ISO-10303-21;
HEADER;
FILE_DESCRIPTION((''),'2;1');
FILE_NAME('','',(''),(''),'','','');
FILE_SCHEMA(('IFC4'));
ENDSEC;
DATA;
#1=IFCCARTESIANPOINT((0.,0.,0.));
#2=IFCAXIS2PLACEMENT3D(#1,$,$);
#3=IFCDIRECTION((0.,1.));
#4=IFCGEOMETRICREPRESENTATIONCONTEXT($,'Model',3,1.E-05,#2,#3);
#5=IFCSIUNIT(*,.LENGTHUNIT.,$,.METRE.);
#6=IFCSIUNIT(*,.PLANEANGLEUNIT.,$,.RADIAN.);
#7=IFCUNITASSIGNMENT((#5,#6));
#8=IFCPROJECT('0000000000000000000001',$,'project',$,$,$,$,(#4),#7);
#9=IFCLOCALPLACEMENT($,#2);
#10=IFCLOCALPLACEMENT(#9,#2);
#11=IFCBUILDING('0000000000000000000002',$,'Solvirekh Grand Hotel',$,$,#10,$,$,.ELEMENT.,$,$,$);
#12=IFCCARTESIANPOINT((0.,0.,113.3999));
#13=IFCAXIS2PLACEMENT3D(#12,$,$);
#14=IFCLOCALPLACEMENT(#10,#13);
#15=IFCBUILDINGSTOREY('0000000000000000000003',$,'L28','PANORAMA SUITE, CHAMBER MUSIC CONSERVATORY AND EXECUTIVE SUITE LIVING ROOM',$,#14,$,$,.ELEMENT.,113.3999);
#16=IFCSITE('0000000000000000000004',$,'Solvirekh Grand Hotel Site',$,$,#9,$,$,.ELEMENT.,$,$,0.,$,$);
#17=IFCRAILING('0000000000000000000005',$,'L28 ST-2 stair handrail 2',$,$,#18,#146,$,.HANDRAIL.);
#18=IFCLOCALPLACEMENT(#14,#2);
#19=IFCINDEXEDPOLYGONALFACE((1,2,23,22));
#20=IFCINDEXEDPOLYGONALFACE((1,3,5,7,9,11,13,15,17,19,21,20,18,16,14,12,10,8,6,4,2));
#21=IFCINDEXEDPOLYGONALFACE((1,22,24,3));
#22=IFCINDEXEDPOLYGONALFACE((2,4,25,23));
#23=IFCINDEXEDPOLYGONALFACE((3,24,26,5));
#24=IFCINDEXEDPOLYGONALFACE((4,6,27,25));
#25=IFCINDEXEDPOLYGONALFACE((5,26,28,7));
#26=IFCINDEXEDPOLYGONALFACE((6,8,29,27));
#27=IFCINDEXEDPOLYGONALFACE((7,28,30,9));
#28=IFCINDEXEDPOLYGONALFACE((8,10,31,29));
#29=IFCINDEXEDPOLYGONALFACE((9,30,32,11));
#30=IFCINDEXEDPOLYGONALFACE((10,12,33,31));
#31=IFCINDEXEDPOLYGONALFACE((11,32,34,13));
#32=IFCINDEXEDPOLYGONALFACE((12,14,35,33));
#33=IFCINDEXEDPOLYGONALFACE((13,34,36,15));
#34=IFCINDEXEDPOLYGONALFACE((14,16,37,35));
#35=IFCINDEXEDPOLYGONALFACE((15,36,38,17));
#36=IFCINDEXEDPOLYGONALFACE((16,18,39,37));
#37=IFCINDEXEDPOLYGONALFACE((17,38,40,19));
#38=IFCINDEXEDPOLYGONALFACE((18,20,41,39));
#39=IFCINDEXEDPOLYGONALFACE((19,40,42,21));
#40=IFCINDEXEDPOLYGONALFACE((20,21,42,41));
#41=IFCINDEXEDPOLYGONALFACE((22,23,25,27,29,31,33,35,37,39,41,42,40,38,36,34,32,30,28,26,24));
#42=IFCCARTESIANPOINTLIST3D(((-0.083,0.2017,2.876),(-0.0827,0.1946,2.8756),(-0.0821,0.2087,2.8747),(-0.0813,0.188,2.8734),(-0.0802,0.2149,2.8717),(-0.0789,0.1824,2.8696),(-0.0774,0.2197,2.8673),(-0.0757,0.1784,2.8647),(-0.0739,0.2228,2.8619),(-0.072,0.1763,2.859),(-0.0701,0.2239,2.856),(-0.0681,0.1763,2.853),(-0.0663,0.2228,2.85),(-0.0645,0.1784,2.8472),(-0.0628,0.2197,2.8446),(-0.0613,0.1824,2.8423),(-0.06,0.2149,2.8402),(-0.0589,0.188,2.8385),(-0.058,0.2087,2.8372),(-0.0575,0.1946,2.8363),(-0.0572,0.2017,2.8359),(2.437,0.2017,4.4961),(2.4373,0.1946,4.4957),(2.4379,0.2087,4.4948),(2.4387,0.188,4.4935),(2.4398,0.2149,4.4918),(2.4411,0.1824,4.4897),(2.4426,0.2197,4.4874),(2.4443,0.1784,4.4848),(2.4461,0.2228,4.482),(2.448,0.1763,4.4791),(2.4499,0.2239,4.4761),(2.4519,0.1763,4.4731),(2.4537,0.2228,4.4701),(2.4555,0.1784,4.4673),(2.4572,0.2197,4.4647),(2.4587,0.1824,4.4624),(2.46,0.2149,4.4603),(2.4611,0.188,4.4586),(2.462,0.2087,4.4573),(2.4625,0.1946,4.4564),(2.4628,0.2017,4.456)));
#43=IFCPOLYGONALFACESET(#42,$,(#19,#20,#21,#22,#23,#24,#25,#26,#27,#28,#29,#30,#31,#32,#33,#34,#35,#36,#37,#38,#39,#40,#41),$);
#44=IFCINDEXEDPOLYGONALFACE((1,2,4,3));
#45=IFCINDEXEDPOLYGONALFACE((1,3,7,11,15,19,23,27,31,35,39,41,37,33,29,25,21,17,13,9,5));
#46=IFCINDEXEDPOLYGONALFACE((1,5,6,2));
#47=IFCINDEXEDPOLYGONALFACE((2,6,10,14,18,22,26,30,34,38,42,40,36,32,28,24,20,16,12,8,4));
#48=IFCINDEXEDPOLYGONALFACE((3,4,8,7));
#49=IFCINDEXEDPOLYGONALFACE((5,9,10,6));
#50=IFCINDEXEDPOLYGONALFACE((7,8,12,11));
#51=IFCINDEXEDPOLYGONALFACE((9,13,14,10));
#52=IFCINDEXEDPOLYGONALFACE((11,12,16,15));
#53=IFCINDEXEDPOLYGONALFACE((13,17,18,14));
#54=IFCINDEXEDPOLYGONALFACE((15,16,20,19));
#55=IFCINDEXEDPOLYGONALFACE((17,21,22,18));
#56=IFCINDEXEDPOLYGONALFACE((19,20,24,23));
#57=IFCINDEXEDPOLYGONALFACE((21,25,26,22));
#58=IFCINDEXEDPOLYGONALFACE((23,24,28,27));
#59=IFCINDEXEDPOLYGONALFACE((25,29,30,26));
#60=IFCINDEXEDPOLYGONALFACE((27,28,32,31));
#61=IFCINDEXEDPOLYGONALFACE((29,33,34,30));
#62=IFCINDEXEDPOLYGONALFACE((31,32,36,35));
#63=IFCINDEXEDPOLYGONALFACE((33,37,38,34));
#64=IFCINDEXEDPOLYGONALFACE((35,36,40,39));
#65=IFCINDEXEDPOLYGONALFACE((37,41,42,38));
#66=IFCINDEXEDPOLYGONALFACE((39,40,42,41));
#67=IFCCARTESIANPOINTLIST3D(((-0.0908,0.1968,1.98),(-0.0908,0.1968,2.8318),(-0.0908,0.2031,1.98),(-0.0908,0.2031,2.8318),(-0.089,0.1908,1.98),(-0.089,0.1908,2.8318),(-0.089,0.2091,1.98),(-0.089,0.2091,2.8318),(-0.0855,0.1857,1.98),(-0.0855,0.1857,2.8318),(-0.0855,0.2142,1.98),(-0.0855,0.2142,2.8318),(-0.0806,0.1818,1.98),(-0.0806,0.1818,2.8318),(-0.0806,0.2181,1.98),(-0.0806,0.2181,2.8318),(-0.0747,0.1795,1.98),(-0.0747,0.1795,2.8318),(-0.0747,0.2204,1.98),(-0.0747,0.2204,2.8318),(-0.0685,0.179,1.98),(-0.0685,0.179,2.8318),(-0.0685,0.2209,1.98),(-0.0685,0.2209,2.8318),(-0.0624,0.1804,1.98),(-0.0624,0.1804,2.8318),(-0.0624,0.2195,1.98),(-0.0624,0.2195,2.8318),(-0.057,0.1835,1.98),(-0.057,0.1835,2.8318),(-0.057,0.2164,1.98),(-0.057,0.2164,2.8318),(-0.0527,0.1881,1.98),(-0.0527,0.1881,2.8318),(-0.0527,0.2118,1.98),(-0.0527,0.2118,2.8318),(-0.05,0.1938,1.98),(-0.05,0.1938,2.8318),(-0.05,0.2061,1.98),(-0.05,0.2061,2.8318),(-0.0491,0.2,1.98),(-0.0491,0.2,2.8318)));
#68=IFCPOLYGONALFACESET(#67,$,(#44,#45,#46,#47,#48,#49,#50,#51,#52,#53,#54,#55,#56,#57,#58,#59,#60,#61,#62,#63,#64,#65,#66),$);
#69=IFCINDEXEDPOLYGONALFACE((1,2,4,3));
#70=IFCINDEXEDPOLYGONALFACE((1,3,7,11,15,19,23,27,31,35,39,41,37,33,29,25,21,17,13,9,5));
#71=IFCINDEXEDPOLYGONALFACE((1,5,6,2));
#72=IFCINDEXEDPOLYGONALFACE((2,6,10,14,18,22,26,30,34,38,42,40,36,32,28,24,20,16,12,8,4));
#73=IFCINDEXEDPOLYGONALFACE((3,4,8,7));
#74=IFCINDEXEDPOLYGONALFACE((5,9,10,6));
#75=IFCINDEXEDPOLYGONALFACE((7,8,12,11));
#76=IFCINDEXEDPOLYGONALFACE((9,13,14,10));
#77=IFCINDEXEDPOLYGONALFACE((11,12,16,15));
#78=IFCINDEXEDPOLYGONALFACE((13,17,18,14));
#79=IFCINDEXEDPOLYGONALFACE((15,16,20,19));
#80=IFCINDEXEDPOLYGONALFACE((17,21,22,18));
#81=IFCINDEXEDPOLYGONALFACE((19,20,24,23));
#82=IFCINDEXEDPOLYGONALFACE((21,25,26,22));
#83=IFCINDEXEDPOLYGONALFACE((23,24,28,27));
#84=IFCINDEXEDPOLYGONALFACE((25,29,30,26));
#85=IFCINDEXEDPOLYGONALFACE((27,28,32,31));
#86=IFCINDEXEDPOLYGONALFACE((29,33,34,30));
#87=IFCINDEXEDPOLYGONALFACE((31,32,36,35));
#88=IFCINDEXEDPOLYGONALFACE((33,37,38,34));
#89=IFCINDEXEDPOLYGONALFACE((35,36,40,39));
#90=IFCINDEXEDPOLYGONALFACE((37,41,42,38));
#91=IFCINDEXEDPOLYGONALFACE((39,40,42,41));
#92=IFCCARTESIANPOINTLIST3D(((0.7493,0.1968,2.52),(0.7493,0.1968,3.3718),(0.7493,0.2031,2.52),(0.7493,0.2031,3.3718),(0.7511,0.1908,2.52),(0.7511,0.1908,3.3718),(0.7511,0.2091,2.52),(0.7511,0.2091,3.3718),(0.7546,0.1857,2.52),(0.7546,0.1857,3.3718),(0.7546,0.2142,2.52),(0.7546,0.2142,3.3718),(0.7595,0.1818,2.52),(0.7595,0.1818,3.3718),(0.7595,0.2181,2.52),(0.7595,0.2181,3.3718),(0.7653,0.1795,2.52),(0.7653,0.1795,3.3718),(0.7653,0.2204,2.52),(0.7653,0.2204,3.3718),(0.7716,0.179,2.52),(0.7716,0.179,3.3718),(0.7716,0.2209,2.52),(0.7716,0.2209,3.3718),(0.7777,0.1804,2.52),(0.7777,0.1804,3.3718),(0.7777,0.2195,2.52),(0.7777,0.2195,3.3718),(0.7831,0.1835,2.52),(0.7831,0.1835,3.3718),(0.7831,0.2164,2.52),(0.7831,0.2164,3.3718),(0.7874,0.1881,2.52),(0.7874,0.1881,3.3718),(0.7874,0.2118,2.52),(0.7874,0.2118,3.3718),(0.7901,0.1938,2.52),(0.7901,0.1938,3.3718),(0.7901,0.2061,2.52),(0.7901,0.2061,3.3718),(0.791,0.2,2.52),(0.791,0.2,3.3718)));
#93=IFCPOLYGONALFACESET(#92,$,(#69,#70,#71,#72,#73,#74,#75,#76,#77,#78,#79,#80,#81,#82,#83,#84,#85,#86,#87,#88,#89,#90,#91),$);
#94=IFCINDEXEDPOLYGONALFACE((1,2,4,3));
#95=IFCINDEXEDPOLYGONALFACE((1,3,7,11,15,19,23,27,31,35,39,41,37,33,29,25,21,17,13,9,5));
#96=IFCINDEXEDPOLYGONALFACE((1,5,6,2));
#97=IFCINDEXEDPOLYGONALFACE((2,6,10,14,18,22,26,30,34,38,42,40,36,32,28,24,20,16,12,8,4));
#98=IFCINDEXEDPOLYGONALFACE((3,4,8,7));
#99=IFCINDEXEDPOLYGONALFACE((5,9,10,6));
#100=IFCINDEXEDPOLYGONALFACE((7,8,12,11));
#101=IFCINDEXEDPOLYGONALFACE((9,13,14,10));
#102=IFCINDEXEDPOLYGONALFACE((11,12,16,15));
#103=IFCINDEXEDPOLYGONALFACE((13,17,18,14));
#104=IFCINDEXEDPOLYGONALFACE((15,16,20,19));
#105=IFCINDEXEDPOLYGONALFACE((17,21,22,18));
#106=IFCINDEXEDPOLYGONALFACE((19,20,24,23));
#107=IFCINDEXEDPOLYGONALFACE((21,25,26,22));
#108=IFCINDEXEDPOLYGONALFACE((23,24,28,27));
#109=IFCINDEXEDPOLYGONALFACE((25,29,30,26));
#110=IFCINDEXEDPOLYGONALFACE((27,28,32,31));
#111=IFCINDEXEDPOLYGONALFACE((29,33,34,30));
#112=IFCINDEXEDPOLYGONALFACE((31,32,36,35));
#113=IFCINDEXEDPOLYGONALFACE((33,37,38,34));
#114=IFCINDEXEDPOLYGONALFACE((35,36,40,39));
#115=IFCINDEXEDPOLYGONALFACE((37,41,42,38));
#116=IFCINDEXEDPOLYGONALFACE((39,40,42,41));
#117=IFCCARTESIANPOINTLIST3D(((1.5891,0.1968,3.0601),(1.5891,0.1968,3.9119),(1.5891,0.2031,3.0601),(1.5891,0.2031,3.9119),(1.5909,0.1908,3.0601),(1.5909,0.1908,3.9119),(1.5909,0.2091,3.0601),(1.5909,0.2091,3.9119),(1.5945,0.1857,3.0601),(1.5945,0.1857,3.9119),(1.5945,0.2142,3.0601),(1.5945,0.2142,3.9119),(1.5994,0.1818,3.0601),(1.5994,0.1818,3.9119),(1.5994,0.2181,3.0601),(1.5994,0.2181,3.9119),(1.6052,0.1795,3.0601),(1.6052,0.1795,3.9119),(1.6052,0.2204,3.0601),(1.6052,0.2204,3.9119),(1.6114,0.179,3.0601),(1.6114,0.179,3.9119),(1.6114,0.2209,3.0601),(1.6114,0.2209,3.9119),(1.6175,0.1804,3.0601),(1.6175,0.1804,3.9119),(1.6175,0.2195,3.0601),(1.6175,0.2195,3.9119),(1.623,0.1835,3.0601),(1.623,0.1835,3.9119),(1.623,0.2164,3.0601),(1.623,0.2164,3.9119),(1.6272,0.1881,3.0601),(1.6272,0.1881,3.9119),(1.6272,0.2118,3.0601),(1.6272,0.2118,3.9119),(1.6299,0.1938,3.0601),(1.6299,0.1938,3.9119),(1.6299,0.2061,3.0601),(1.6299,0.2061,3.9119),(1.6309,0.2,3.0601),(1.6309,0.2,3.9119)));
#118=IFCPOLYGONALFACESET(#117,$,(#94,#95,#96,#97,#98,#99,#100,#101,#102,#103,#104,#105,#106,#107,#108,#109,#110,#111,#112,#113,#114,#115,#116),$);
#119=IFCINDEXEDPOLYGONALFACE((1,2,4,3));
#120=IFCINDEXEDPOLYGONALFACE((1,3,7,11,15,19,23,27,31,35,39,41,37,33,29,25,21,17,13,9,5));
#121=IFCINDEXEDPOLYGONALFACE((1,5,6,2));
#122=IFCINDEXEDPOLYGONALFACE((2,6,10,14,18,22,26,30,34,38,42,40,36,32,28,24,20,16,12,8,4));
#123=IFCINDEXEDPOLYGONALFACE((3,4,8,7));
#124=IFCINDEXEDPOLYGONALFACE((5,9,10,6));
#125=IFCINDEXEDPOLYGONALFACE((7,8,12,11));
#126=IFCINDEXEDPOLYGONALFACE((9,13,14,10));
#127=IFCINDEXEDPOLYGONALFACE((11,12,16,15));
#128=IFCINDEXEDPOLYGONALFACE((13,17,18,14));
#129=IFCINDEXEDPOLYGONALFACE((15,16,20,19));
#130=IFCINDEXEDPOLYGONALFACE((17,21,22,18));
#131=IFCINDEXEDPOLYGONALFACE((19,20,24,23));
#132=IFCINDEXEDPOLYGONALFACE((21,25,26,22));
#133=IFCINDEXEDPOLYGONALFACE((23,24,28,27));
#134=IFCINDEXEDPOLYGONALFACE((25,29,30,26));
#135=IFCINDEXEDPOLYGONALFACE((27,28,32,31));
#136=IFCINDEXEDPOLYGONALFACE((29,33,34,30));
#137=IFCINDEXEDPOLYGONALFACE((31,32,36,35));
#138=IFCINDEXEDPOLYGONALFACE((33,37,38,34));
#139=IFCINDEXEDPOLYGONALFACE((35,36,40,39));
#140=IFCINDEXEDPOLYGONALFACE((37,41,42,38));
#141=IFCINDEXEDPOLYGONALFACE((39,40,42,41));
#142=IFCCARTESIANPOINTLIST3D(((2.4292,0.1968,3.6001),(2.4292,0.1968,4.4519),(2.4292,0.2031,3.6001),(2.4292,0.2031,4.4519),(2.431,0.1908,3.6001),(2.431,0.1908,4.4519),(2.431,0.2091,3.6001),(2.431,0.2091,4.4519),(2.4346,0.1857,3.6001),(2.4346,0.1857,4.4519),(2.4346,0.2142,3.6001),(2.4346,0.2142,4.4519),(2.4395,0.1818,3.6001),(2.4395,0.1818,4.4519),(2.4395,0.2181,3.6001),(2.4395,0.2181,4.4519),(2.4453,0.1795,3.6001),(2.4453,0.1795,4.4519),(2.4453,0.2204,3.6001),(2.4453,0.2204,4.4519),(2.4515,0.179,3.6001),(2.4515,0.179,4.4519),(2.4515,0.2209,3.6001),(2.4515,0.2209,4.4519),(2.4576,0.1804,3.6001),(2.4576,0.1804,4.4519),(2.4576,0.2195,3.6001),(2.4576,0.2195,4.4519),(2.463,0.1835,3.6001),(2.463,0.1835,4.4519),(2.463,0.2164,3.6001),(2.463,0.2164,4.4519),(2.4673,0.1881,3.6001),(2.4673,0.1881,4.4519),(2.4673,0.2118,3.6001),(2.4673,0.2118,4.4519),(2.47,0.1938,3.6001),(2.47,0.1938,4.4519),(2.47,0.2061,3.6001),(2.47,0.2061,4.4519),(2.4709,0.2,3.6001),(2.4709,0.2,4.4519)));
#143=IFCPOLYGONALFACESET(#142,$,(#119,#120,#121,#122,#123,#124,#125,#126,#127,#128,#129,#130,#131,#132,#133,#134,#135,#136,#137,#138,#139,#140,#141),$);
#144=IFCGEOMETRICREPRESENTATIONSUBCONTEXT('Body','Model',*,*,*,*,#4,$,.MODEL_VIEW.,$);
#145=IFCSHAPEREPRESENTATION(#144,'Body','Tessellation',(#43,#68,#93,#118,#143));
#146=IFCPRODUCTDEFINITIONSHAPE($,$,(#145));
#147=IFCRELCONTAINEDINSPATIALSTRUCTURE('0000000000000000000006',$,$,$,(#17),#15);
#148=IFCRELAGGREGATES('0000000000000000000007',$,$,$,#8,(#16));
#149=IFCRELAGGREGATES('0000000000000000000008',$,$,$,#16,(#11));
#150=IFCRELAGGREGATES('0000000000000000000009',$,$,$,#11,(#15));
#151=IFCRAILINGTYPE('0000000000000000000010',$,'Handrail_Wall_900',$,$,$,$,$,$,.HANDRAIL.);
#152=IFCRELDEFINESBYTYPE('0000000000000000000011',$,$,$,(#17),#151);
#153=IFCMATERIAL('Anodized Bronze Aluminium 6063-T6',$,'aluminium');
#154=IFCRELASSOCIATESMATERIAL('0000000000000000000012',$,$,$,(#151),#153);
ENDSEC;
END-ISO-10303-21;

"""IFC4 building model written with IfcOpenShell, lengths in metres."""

from ifc_helpers import new_model, si_unit, direction, frame, origin, origin_2d, place, context, subcontext, project, spatial, circle, extrude, material, type_object, element, save


model = new_model("IFC4")

# Units and contexts
model_context = context("Model", 3, precision=1e-05, world=origin(), true_north=direction((0.0, 1.0)))
body_context = subcontext(model_context, "Body", "Model", "MODEL_VIEW")
ifc_project = project(units=[si_unit("LENGTHUNIT", "METRE"), si_unit("PLANEANGLEUNIT", "RADIAN")], contexts=[model_context])

# Site, building, storey
site_placement = place(None, origin())
site = spatial("IfcSite", under=ifc_project, at=site_placement, Name="Solvirekh Grand Hotel Site", CompositionType="ELEMENT", RefElevation=0.0)
building_placement = place(site_placement, origin())
building = spatial("IfcBuilding", under=site, at=building_placement, Name="Solvirekh Grand Hotel", CompositionType="ELEMENT")
storey_placement = place(building_placement, frame((0.0, 0.0, 113.3999)))
storey = spatial("IfcBuildingStorey", under=building, at=storey_placement, Name="L28", Description="PANORAMA SUITE, CHAMBER MUSIC CONSERVATORY AND EXECUTIVE SUITE LIVING ROOM", CompositionType="ELEMENT", Elevation=113.3999)

# Shared definitions
ifc_material_1 = material(Name="Anodized Bronze Aluminium 6063-T6", Category="aluminium")

# Railing
railing_type_1 = type_object("IfcRailingType", Name="Handrail_Wall_900", PredefinedType="HANDRAIL", material=ifc_material_1)
railing_1_placement = place(storey_placement, frame((-0.0701, 0.2, 1.98)))
element("IfcRailing", 1, at=railing_1_placement, inside=storey, type_object=railing_type_1, Name="L28 ST-2 stair handrail 2", PredefinedType="HANDRAIL", context=body_context, shape_type="SweptSolid", body=[
    extrude(circle(Radius=0.0239, at=origin_2d()), frame((0.0, 0.0, 0.876), z_axis=(0.841163, 0.0, 0.540782), x_axis=(0.0, 1.0, 0.0)), (0.0, 0.0, 1.0), 2.9958),
    extrude(circle(Radius=0.021, at=origin_2d()), origin(), (0.0, 0.0, 1.0), 0.8518),
    extrude(circle(Radius=0.021, at=origin_2d()), frame((0.8401, 0.0, 0.54)), (0.0, 0.0, 1.0), 0.8518),
    extrude(circle(Radius=0.021, at=origin_2d()), frame((1.6799, 0.0, 1.0801)), (0.0, 0.0, 1.0), 0.8518),
    extrude(circle(Radius=0.021, at=origin_2d()), frame((2.52, 0.0, 1.6201)), (0.0, 0.0, 1.0), 0.8518),
])

save(model, "model.ifc")
